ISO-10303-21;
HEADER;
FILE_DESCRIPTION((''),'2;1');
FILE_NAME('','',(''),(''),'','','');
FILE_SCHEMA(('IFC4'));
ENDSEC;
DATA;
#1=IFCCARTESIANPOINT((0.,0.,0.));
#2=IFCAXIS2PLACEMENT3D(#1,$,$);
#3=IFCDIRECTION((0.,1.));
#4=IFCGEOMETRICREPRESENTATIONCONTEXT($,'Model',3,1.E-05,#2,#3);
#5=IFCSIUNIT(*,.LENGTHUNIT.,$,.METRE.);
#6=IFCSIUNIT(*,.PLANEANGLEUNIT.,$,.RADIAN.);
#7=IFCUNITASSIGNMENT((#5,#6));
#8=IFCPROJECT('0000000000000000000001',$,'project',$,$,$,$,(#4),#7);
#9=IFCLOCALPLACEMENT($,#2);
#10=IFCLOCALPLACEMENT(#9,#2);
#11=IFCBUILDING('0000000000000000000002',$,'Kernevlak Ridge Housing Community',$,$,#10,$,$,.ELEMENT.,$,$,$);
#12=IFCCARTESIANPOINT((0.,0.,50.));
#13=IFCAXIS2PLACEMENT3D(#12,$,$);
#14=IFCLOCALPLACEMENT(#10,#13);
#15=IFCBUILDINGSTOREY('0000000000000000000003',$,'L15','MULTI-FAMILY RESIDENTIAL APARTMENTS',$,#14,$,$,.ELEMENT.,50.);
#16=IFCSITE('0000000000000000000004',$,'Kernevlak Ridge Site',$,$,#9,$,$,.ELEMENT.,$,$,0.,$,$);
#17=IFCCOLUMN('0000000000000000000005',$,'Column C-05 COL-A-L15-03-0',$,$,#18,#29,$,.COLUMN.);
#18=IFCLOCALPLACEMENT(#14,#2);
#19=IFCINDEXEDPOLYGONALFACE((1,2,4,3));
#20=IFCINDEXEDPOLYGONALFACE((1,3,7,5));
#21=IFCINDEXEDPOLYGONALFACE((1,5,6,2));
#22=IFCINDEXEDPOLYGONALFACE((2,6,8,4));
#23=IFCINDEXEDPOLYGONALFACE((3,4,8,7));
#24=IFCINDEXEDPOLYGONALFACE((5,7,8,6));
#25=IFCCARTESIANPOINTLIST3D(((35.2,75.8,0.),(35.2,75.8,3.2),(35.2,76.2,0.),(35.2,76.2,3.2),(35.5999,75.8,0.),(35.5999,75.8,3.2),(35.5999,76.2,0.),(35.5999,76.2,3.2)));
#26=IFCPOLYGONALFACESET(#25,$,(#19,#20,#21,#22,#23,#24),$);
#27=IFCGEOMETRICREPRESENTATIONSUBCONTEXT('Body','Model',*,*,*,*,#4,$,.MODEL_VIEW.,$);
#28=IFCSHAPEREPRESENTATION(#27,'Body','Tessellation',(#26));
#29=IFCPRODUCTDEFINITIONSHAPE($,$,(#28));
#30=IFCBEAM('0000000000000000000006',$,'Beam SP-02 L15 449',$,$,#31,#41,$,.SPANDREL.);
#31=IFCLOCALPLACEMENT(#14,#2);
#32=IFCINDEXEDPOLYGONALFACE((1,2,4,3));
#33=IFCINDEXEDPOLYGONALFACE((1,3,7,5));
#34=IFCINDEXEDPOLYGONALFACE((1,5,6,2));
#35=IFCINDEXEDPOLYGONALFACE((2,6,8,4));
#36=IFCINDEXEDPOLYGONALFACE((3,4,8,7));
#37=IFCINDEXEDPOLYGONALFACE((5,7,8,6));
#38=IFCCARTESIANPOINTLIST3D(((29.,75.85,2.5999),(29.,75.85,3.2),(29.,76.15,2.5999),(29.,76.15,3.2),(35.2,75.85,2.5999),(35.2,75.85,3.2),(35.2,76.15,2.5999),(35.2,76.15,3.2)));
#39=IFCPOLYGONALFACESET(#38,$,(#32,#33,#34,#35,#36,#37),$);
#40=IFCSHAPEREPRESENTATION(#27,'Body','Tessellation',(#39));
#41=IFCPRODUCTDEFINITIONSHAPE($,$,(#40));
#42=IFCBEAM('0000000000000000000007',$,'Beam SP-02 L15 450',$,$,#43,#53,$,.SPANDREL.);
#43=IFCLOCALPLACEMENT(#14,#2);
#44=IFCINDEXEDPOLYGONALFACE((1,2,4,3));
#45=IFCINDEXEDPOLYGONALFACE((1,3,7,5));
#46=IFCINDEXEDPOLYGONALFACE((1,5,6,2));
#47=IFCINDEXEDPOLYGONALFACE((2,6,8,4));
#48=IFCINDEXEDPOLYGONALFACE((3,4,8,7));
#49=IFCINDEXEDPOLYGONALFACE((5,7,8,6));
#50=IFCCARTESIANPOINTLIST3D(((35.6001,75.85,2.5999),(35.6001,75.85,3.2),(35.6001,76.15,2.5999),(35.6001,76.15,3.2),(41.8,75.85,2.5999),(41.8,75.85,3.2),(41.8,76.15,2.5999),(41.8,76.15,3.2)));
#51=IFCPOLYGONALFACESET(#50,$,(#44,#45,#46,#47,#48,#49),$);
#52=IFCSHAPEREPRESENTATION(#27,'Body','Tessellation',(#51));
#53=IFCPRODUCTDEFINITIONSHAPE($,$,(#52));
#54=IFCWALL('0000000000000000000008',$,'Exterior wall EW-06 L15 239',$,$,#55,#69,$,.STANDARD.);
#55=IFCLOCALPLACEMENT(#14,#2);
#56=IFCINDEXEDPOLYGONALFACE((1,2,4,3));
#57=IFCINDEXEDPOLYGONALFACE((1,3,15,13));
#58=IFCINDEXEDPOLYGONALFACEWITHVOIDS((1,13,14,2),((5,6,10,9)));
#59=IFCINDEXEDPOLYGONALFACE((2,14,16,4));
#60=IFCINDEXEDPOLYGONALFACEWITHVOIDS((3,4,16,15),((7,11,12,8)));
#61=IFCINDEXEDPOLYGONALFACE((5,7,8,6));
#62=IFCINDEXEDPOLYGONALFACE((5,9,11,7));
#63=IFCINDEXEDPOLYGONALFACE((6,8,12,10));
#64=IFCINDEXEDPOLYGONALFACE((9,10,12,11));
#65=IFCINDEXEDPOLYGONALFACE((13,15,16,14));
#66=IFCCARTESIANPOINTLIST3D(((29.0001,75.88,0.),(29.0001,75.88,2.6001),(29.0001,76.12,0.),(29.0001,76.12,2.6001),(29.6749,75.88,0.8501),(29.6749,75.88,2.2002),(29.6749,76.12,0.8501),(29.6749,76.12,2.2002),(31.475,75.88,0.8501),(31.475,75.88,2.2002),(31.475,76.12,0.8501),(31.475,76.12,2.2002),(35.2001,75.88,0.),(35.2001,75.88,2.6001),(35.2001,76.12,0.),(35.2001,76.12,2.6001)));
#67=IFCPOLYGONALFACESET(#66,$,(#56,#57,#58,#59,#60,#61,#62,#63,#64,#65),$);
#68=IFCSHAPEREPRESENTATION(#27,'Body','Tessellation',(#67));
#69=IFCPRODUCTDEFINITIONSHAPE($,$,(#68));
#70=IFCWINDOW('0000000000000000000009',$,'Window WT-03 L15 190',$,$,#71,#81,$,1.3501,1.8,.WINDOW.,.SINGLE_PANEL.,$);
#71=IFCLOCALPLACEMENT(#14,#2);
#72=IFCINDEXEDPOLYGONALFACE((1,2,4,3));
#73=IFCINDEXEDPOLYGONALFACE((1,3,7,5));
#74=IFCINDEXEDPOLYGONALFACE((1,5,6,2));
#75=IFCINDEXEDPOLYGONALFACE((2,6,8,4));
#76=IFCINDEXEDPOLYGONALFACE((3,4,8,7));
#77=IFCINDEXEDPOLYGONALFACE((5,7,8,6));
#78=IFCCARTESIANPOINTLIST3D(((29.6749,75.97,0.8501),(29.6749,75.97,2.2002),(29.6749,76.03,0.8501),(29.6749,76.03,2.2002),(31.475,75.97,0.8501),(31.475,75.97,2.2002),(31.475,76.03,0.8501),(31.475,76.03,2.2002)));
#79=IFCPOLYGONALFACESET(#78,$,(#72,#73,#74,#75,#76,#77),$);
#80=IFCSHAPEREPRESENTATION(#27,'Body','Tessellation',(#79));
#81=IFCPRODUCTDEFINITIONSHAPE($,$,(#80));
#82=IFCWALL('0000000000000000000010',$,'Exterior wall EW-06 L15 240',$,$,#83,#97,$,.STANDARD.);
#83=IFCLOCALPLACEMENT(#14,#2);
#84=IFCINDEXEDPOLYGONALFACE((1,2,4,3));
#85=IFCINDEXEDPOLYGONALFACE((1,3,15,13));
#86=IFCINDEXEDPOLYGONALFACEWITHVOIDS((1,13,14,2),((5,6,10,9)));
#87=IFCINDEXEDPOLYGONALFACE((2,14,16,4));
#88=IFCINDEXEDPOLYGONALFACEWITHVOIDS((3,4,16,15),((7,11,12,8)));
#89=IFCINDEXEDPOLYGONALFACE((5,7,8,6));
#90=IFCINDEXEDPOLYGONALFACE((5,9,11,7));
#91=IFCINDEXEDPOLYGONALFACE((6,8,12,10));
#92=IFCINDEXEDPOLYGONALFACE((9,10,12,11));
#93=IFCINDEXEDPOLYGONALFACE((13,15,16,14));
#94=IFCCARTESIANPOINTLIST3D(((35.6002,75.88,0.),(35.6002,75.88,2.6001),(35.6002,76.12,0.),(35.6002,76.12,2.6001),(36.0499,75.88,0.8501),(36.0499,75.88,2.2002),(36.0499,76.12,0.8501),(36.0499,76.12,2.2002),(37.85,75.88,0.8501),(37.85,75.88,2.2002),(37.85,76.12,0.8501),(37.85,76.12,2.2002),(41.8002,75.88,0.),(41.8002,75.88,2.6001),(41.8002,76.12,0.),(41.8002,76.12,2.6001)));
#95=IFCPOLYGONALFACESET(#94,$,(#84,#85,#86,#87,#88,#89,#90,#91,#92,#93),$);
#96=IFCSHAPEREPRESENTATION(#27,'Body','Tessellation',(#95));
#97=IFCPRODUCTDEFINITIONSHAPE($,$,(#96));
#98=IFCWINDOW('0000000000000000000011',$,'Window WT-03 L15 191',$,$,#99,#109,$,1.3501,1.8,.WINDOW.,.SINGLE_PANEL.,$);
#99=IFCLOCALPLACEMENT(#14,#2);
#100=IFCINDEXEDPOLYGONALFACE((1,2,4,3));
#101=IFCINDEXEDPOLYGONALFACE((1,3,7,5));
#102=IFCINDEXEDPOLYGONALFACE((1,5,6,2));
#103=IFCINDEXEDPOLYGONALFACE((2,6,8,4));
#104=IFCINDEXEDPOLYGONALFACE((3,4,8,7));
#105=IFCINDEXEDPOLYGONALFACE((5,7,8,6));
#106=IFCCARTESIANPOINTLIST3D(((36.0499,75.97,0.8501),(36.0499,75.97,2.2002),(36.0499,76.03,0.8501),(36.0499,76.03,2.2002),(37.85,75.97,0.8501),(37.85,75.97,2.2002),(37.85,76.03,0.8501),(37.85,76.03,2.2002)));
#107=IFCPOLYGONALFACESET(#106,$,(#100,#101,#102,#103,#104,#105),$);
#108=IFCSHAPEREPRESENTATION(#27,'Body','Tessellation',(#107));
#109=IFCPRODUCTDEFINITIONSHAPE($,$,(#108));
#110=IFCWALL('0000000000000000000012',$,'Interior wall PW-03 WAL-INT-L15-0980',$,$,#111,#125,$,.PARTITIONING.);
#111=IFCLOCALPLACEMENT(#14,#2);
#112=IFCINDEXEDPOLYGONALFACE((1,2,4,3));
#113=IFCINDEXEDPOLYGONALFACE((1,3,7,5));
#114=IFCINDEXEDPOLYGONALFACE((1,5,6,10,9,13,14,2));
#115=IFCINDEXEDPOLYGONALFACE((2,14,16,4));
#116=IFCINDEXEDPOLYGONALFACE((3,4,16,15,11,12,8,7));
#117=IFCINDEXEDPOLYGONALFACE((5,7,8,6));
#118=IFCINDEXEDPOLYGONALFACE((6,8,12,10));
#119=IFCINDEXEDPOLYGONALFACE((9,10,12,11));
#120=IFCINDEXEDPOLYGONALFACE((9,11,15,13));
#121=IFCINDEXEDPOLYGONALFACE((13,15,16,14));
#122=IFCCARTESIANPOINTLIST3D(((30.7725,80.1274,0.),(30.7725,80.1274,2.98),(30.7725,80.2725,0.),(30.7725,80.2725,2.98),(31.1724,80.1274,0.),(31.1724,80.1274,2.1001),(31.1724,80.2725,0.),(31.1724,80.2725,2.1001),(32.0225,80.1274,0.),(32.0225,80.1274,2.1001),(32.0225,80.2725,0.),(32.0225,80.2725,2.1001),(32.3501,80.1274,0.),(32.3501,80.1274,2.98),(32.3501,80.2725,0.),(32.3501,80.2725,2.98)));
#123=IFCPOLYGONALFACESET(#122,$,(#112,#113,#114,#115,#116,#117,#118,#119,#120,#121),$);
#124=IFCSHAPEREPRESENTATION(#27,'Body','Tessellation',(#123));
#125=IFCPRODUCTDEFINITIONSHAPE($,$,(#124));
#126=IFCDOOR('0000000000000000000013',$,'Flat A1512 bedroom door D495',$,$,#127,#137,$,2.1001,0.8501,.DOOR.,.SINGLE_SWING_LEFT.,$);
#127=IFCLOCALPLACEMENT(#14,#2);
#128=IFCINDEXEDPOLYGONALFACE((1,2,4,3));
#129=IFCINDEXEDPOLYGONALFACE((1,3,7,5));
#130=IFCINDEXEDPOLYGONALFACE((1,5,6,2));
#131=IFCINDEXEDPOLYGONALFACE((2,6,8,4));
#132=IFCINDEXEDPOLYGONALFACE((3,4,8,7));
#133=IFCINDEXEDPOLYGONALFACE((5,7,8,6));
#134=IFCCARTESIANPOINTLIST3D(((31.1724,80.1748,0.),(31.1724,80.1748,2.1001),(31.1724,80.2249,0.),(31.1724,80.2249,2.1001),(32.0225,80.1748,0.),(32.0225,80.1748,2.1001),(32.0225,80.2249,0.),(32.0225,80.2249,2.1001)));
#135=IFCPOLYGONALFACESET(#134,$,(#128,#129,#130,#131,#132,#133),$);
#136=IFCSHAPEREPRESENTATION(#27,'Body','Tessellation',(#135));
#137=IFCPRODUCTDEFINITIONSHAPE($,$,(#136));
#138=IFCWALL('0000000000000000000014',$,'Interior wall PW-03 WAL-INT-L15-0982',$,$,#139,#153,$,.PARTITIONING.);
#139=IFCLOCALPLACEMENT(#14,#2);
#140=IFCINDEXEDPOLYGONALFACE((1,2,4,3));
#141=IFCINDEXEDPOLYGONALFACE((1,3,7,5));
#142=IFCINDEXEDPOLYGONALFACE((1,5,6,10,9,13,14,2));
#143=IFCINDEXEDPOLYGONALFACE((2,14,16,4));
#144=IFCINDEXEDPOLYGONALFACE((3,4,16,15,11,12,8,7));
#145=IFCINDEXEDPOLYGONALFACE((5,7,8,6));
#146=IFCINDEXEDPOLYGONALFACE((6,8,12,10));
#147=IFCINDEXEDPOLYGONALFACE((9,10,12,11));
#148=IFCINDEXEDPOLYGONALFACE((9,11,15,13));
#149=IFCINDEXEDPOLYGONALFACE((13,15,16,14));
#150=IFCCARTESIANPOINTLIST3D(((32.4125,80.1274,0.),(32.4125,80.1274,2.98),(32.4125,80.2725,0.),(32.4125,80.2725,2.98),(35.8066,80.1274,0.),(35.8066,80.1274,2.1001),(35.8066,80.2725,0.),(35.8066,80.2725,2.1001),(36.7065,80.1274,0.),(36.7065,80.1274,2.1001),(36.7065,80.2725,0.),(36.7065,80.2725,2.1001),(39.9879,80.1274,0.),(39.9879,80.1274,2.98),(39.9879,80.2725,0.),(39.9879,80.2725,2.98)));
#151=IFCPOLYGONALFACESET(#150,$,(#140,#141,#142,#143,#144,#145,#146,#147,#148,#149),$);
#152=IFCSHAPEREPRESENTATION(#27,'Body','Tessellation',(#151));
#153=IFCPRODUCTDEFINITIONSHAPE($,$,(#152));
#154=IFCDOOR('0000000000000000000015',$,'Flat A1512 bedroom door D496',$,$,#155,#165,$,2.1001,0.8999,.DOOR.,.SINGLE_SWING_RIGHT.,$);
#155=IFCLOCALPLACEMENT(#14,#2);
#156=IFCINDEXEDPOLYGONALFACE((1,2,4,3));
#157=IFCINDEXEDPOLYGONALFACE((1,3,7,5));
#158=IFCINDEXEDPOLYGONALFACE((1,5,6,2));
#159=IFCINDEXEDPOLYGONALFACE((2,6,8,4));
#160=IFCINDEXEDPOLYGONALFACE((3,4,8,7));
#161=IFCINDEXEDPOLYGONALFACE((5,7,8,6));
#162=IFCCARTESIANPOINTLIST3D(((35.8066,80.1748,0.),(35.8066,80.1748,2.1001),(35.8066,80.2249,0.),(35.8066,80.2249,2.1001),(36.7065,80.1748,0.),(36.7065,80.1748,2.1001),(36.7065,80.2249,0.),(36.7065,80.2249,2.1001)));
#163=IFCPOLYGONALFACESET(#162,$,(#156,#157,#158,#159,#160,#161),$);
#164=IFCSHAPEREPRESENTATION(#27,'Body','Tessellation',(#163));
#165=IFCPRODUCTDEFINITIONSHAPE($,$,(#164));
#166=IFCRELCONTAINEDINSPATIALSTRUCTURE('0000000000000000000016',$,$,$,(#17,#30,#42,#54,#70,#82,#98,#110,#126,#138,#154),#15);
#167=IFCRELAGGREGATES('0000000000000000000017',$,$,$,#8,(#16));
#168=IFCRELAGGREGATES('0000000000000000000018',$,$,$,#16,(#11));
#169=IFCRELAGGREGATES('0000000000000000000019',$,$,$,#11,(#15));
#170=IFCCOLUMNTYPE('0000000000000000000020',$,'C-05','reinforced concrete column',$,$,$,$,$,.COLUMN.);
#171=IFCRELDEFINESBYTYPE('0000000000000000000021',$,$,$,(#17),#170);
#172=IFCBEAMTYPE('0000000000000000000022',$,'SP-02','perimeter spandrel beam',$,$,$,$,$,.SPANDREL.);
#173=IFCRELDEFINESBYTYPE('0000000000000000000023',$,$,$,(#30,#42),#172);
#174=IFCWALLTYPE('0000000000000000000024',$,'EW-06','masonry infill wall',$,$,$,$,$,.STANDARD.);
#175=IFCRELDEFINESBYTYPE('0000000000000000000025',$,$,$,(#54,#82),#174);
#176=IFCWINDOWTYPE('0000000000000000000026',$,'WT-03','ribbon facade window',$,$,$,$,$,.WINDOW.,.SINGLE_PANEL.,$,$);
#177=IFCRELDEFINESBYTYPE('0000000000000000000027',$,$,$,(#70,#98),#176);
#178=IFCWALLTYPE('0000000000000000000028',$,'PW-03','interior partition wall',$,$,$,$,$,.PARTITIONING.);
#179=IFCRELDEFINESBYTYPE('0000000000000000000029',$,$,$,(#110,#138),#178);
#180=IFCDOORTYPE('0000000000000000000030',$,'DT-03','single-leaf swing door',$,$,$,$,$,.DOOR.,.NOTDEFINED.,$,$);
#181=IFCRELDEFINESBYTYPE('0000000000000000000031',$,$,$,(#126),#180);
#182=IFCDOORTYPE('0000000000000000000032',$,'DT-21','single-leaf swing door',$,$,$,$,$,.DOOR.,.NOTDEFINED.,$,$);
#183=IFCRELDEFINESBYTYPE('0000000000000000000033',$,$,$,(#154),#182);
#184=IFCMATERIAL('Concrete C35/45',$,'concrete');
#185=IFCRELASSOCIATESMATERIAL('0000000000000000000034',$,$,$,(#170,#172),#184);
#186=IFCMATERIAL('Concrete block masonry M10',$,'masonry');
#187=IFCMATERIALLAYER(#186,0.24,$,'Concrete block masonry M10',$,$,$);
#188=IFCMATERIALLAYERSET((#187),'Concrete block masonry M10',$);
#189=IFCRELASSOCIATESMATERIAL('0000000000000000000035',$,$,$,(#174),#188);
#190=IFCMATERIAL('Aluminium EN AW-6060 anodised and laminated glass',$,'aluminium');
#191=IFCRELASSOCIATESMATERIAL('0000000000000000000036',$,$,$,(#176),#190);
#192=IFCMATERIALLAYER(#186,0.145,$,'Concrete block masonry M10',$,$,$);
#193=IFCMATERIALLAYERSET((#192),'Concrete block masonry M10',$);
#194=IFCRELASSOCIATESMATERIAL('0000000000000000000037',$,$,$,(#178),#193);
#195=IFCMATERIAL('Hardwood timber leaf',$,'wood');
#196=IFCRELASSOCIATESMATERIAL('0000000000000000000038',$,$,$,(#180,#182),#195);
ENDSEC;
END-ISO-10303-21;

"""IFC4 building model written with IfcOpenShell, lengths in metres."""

from ifc_helpers import new_model, si_unit, direction, frame, frame_2d, origin, origin_2d, place, context, subcontext, project, spatial, rectangle, extrude, material, layer, layer_set, material_profile, profile_set, type_object, element, fill, save


model = new_model("IFC4")

# Units and contexts
model_context = context("Model", 3, precision=1e-05, world=origin(), true_north=direction((0.0, 1.0)))
body_context = subcontext(model_context, "Body", "Model", "MODEL_VIEW")
ifc_project = project(units=[si_unit("LENGTHUNIT", "METRE"), si_unit("PLANEANGLEUNIT", "RADIAN")], contexts=[model_context])

# Site, building, storey
site_placement = place(None, origin())
site = spatial("IfcSite", under=ifc_project, at=site_placement, Name="Kernevlak Ridge Site", CompositionType="ELEMENT", RefElevation=0.0)
building_placement = place(site_placement, origin())
building = spatial("IfcBuilding", under=site, at=building_placement, Name="Kernevlak Ridge Housing Community", CompositionType="ELEMENT")
storey_placement = place(building_placement, frame((0.0, 0.0, 50.0)))
storey = spatial("IfcBuildingStorey", under=building, at=storey_placement, Name="L15", Description="MULTI-FAMILY RESIDENTIAL APARTMENTS", CompositionType="ELEMENT", Elevation=50.0)

# Column
ifc_material_1 = material(Name="Concrete C35/45", Category="concrete")
ifc_material_profile_1 = material_profile(ifc_material_1, rectangle(XDim=0.3999, YDim=0.3999, at=origin_2d()), Name="RC 400x400")
ifc_profile_set_1 = profile_set([ifc_material_profile_1], Name="Concrete C35/45")
column_type = type_object("IfcColumnType", Name="C-05", Description="reinforced concrete column", PredefinedType="COLUMN", material=ifc_profile_set_1)
column_placement = place(storey_placement, frame((35.3999, 76.0, 0.0), z_axis=(0.0, 0.0, 1.0), x_axis=(1.0, 0.0, 0.0)))
element("IfcColumn", 1, at=column_placement, inside=storey, type_object=column_type, Name="Column C-05 COL-A-L15-03-0", PredefinedType="COLUMN", context=body_context, shape_type="SweptSolid", body=[
    extrude(rectangle(XDim=0.3999, YDim=0.3999, at=origin_2d()), origin(), (0.0, 0.0, 1.0), 3.2),
])

# Beams
ifc_material_profile_2 = material_profile(ifc_material_1, rectangle(XDim=0.3, YDim=0.6001, at=origin_2d()), Name="RC 300x600")
ifc_profile_set_2 = profile_set([ifc_material_profile_2], Name="Concrete C35/45")
beam_type = type_object("IfcBeamType", Name="SP-02", Description="perimeter spandrel beam", PredefinedType="SPANDREL", material=ifc_profile_set_2)
for number, where, z_axis, x_axis, name in (
    (2, (29.0, 76.0, 2.8999), (1.0, 0.0, 0.0), (0.0, 1.0, 0.0), "Beam SP-02 L15 449"),
    (3, (35.6001, 76.0, 2.8999), (1.0, 0.0, 0.0), (0.0, 1.0, 0.0), "Beam SP-02 L15 450"),
):
    element("IfcBeam", number, at=place(storey_placement, frame(where, z_axis=z_axis, x_axis=x_axis)), inside=storey, type_object=beam_type, Name=name, PredefinedType="SPANDREL", context=body_context, shape_type="SweptSolid", body=[
        extrude(rectangle(XDim=0.3, YDim=0.6001, at=origin_2d()), origin(), (0.0, 0.0, 1.0), 6.2),
    ])

# Walls, openings, windows
ifc_material_2 = material(Name="Concrete block masonry M10", Category="masonry")
ifc_layer_1 = layer(ifc_material_2, 0.24, Name="Concrete block masonry M10")
ifc_layer_set_1 = layer_set([ifc_layer_1], Name="Concrete block masonry M10")
wall_type_1 = type_object("IfcWallType", Name="EW-06", Description="masonry infill wall", PredefinedType="STANDARD", material=ifc_layer_set_1)
wall_1_placement = place(storey_placement, frame((29.0, 76.0, 0.0), z_axis=(0.0, 0.0, 1.0), x_axis=(1.0, 0.0, 0.0)))
wall_1 = element("IfcWall", 4, at=wall_1_placement, inside=storey, type_object=wall_type_1, Name="Exterior wall EW-06 L15 239", PredefinedType="STANDARD", context=body_context, shape_type="SweptSolid", body=[
    extrude(rectangle(XDim=6.2, YDim=0.24, at=frame_2d((3.1001, 0.0))), origin(), (0.0, 0.0, 1.0), 2.6001),
])
opening_1_placement = place(wall_1_placement, frame((0.675, 0.0, 0.8501)))
opening_1 = element("IfcOpeningElement", 5, at=opening_1_placement, cuts=wall_1, PredefinedType="OPENING", context=body_context, shape_type="SweptSolid", body=[
    extrude(rectangle(XDim=1.8, YDim=1.3501, at=frame_2d((0.8999, 0.675))), frame((0.0, 0.1299, 0.0), z_axis=(0.0, -1.0, 0.0), x_axis=(1.0, 0.0, 0.0)), (0.0, 0.0, 1.0), 0.26),
])
ifc_material_3 = material(Name="Aluminium EN AW-6060 anodised and laminated glass", Category="aluminium")
window_type = type_object("IfcWindowType", Name="WT-03", Description="ribbon facade window", PartitioningType="SINGLE_PANEL", PredefinedType="WINDOW", material=ifc_material_3)
window_1_placement = place(opening_1_placement, origin())
window_1 = element("IfcWindow", 6, at=window_1_placement, inside=storey, type_object=window_type, Name="Window WT-03 L15 190", OverallHeight=1.3501, OverallWidth=1.8, PartitioningType="SINGLE_PANEL", PredefinedType="WINDOW", context=body_context, shape_type="SweptSolid", body=[
    extrude(rectangle(XDim=1.8, YDim=1.3501, at=frame_2d((0.8999, 0.675))), frame((0.0, 0.03, 0.0), z_axis=(0.0, -1.0, 0.0), x_axis=(1.0, 0.0, 0.0)), (0.0, 0.0, 1.0), 0.0601),
])
fill(opening_1, window_1)
wall_2_placement = place(storey_placement, frame((35.6001, 76.0, 0.0), z_axis=(0.0, 0.0, 1.0), x_axis=(1.0, 0.0, 0.0)))
wall_2 = element("IfcWall", 7, at=wall_2_placement, inside=storey, type_object=wall_type_1, Name="Exterior wall EW-06 L15 240", PredefinedType="STANDARD", context=body_context, shape_type="SweptSolid", body=[
    extrude(rectangle(XDim=6.2, YDim=0.24, at=frame_2d((3.1001, 0.0))), origin(), (0.0, 0.0, 1.0), 2.6001),
])
opening_2_placement = place(wall_2_placement, frame((0.45, 0.0, 0.8501)))
opening_2 = element("IfcOpeningElement", 8, at=opening_2_placement, cuts=wall_2, PredefinedType="OPENING", context=body_context, shape_type="SweptSolid", body=[
    extrude(rectangle(XDim=1.8, YDim=1.3501, at=frame_2d((0.8999, 0.675))), frame((0.0, 0.1299, 0.0), z_axis=(0.0, -1.0, 0.0), x_axis=(1.0, 0.0, 0.0)), (0.0, 0.0, 1.0), 0.26),
])
window_2_placement = place(opening_2_placement, origin())
window_2 = element("IfcWindow", 9, at=window_2_placement, inside=storey, type_object=window_type, Name="Window WT-03 L15 191", OverallHeight=1.3501, OverallWidth=1.8, PartitioningType="SINGLE_PANEL", PredefinedType="WINDOW", context=body_context, shape_type="SweptSolid", body=[
    extrude(rectangle(XDim=1.8, YDim=1.3501, at=frame_2d((0.8999, 0.675))), frame((0.0, 0.03, 0.0), z_axis=(0.0, -1.0, 0.0), x_axis=(1.0, 0.0, 0.0)), (0.0, 0.0, 1.0), 0.0601),
])
fill(opening_2, window_2)

# Walls, openings, doors
ifc_layer_2 = layer(ifc_material_2, 0.145, Name="Concrete block masonry M10")
ifc_layer_set_2 = layer_set([ifc_layer_2], Name="Concrete block masonry M10")
wall_type_2 = type_object("IfcWallType", Name="PW-03", Description="interior partition wall", PredefinedType="PARTITIONING", material=ifc_layer_set_2)
wall_3_placement = place(storey_placement, frame((30.7725, 80.2, 0.0), z_axis=(0.0, 0.0, 1.0), x_axis=(1.0, 0.0, 0.0)))
wall_3 = element("IfcWall", 10, at=wall_3_placement, inside=storey, type_object=wall_type_2, Name="Interior wall PW-03 WAL-INT-L15-0980", PredefinedType="PARTITIONING", context=body_context, shape_type="SweptSolid", body=[
    extrude(rectangle(XDim=1.5776, YDim=0.145, at=frame_2d((0.7888, 0.0))), origin(), (0.0, 0.0, 1.0), 2.98),
])
opening_3_placement = place(wall_3_placement, frame((0.3999, 0.0, 0.0)))
opening_3 = element("IfcOpeningElement", 11, at=opening_3_placement, cuts=wall_3, PredefinedType="OPENING", context=body_context, shape_type="SweptSolid", body=[
    extrude(rectangle(XDim=0.8501, YDim=2.1001, at=frame_2d((0.425, 1.05))), frame((0.0, 0.0825, 0.0), z_axis=(0.0, -1.0, 0.0), x_axis=(1.0, 0.0, 0.0)), (0.0, 0.0, 1.0), 0.165),
])
ifc_material_4 = material(Name="Hardwood timber leaf", Category="wood")
door_type_1 = type_object("IfcDoorType", Name="DT-03", Description="single-leaf swing door", OperationType="NOTDEFINED", PredefinedType="DOOR", material=ifc_material_4)
door_1_placement = place(opening_3_placement, origin())
door_1 = element("IfcDoor", 12, at=door_1_placement, inside=storey, type_object=door_type_1, Name="Flat A1512 bedroom door D495", OperationType="SINGLE_SWING_LEFT", OverallHeight=2.1001, OverallWidth=0.8501, PredefinedType="DOOR", context=body_context, shape_type="SweptSolid", body=[
    extrude(rectangle(XDim=0.8501, YDim=2.1001, at=frame_2d((0.425, 1.05))), frame((0.0, 0.0249, 0.0), z_axis=(0.0, -1.0, 0.0), x_axis=(1.0, 0.0, 0.0)), (0.0, 0.0, 1.0), 0.05),
])
fill(opening_3, door_1)
wall_4_placement = place(storey_placement, frame((32.4126, 80.2, 0.0), z_axis=(0.0, 0.0, 1.0), x_axis=(1.0, 0.0, 0.0)))
wall_4 = element("IfcWall", 13, at=wall_4_placement, inside=storey, type_object=wall_type_2, Name="Interior wall PW-03 WAL-INT-L15-0982", PredefinedType="PARTITIONING", context=body_context, shape_type="SweptSolid", body=[
    extrude(rectangle(XDim=7.5754, YDim=0.145, at=frame_2d((3.7876, 0.0))), origin(), (0.0, 0.0, 1.0), 2.98),
])
opening_4_placement = place(wall_4_placement, frame((3.394, 0.0, 0.0)))
opening_4 = element("IfcOpeningElement", 14, at=opening_4_placement, cuts=wall_4, PredefinedType="OPENING", context=body_context, shape_type="SweptSolid", body=[
    extrude(rectangle(XDim=0.8999, YDim=2.1001, at=frame_2d((0.45, 1.05))), frame((0.0, 0.0825, 0.0), z_axis=(0.0, -1.0, 0.0), x_axis=(1.0, 0.0, 0.0)), (0.0, 0.0, 1.0), 0.165),
])
door_type_2 = type_object("IfcDoorType", Name="DT-21", Description="single-leaf swing door", OperationType="NOTDEFINED", PredefinedType="DOOR", material=ifc_material_4)
door_2_placement = place(opening_4_placement, origin())
door_2 = element("IfcDoor", 15, at=door_2_placement, inside=storey, type_object=door_type_2, Name="Flat A1512 bedroom door D496", OperationType="SINGLE_SWING_RIGHT", OverallHeight=2.1001, OverallWidth=0.8999, PredefinedType="DOOR", context=body_context, shape_type="SweptSolid", body=[
    extrude(rectangle(XDim=0.8999, YDim=2.1001, at=frame_2d((0.45, 1.05))), frame((0.0, 0.0249, 0.0), z_axis=(0.0, -1.0, 0.0), x_axis=(1.0, 0.0, 0.0)), (0.0, 0.0, 1.0), 0.05),
])
fill(opening_4, door_2)

save(model, "model.ifc")
